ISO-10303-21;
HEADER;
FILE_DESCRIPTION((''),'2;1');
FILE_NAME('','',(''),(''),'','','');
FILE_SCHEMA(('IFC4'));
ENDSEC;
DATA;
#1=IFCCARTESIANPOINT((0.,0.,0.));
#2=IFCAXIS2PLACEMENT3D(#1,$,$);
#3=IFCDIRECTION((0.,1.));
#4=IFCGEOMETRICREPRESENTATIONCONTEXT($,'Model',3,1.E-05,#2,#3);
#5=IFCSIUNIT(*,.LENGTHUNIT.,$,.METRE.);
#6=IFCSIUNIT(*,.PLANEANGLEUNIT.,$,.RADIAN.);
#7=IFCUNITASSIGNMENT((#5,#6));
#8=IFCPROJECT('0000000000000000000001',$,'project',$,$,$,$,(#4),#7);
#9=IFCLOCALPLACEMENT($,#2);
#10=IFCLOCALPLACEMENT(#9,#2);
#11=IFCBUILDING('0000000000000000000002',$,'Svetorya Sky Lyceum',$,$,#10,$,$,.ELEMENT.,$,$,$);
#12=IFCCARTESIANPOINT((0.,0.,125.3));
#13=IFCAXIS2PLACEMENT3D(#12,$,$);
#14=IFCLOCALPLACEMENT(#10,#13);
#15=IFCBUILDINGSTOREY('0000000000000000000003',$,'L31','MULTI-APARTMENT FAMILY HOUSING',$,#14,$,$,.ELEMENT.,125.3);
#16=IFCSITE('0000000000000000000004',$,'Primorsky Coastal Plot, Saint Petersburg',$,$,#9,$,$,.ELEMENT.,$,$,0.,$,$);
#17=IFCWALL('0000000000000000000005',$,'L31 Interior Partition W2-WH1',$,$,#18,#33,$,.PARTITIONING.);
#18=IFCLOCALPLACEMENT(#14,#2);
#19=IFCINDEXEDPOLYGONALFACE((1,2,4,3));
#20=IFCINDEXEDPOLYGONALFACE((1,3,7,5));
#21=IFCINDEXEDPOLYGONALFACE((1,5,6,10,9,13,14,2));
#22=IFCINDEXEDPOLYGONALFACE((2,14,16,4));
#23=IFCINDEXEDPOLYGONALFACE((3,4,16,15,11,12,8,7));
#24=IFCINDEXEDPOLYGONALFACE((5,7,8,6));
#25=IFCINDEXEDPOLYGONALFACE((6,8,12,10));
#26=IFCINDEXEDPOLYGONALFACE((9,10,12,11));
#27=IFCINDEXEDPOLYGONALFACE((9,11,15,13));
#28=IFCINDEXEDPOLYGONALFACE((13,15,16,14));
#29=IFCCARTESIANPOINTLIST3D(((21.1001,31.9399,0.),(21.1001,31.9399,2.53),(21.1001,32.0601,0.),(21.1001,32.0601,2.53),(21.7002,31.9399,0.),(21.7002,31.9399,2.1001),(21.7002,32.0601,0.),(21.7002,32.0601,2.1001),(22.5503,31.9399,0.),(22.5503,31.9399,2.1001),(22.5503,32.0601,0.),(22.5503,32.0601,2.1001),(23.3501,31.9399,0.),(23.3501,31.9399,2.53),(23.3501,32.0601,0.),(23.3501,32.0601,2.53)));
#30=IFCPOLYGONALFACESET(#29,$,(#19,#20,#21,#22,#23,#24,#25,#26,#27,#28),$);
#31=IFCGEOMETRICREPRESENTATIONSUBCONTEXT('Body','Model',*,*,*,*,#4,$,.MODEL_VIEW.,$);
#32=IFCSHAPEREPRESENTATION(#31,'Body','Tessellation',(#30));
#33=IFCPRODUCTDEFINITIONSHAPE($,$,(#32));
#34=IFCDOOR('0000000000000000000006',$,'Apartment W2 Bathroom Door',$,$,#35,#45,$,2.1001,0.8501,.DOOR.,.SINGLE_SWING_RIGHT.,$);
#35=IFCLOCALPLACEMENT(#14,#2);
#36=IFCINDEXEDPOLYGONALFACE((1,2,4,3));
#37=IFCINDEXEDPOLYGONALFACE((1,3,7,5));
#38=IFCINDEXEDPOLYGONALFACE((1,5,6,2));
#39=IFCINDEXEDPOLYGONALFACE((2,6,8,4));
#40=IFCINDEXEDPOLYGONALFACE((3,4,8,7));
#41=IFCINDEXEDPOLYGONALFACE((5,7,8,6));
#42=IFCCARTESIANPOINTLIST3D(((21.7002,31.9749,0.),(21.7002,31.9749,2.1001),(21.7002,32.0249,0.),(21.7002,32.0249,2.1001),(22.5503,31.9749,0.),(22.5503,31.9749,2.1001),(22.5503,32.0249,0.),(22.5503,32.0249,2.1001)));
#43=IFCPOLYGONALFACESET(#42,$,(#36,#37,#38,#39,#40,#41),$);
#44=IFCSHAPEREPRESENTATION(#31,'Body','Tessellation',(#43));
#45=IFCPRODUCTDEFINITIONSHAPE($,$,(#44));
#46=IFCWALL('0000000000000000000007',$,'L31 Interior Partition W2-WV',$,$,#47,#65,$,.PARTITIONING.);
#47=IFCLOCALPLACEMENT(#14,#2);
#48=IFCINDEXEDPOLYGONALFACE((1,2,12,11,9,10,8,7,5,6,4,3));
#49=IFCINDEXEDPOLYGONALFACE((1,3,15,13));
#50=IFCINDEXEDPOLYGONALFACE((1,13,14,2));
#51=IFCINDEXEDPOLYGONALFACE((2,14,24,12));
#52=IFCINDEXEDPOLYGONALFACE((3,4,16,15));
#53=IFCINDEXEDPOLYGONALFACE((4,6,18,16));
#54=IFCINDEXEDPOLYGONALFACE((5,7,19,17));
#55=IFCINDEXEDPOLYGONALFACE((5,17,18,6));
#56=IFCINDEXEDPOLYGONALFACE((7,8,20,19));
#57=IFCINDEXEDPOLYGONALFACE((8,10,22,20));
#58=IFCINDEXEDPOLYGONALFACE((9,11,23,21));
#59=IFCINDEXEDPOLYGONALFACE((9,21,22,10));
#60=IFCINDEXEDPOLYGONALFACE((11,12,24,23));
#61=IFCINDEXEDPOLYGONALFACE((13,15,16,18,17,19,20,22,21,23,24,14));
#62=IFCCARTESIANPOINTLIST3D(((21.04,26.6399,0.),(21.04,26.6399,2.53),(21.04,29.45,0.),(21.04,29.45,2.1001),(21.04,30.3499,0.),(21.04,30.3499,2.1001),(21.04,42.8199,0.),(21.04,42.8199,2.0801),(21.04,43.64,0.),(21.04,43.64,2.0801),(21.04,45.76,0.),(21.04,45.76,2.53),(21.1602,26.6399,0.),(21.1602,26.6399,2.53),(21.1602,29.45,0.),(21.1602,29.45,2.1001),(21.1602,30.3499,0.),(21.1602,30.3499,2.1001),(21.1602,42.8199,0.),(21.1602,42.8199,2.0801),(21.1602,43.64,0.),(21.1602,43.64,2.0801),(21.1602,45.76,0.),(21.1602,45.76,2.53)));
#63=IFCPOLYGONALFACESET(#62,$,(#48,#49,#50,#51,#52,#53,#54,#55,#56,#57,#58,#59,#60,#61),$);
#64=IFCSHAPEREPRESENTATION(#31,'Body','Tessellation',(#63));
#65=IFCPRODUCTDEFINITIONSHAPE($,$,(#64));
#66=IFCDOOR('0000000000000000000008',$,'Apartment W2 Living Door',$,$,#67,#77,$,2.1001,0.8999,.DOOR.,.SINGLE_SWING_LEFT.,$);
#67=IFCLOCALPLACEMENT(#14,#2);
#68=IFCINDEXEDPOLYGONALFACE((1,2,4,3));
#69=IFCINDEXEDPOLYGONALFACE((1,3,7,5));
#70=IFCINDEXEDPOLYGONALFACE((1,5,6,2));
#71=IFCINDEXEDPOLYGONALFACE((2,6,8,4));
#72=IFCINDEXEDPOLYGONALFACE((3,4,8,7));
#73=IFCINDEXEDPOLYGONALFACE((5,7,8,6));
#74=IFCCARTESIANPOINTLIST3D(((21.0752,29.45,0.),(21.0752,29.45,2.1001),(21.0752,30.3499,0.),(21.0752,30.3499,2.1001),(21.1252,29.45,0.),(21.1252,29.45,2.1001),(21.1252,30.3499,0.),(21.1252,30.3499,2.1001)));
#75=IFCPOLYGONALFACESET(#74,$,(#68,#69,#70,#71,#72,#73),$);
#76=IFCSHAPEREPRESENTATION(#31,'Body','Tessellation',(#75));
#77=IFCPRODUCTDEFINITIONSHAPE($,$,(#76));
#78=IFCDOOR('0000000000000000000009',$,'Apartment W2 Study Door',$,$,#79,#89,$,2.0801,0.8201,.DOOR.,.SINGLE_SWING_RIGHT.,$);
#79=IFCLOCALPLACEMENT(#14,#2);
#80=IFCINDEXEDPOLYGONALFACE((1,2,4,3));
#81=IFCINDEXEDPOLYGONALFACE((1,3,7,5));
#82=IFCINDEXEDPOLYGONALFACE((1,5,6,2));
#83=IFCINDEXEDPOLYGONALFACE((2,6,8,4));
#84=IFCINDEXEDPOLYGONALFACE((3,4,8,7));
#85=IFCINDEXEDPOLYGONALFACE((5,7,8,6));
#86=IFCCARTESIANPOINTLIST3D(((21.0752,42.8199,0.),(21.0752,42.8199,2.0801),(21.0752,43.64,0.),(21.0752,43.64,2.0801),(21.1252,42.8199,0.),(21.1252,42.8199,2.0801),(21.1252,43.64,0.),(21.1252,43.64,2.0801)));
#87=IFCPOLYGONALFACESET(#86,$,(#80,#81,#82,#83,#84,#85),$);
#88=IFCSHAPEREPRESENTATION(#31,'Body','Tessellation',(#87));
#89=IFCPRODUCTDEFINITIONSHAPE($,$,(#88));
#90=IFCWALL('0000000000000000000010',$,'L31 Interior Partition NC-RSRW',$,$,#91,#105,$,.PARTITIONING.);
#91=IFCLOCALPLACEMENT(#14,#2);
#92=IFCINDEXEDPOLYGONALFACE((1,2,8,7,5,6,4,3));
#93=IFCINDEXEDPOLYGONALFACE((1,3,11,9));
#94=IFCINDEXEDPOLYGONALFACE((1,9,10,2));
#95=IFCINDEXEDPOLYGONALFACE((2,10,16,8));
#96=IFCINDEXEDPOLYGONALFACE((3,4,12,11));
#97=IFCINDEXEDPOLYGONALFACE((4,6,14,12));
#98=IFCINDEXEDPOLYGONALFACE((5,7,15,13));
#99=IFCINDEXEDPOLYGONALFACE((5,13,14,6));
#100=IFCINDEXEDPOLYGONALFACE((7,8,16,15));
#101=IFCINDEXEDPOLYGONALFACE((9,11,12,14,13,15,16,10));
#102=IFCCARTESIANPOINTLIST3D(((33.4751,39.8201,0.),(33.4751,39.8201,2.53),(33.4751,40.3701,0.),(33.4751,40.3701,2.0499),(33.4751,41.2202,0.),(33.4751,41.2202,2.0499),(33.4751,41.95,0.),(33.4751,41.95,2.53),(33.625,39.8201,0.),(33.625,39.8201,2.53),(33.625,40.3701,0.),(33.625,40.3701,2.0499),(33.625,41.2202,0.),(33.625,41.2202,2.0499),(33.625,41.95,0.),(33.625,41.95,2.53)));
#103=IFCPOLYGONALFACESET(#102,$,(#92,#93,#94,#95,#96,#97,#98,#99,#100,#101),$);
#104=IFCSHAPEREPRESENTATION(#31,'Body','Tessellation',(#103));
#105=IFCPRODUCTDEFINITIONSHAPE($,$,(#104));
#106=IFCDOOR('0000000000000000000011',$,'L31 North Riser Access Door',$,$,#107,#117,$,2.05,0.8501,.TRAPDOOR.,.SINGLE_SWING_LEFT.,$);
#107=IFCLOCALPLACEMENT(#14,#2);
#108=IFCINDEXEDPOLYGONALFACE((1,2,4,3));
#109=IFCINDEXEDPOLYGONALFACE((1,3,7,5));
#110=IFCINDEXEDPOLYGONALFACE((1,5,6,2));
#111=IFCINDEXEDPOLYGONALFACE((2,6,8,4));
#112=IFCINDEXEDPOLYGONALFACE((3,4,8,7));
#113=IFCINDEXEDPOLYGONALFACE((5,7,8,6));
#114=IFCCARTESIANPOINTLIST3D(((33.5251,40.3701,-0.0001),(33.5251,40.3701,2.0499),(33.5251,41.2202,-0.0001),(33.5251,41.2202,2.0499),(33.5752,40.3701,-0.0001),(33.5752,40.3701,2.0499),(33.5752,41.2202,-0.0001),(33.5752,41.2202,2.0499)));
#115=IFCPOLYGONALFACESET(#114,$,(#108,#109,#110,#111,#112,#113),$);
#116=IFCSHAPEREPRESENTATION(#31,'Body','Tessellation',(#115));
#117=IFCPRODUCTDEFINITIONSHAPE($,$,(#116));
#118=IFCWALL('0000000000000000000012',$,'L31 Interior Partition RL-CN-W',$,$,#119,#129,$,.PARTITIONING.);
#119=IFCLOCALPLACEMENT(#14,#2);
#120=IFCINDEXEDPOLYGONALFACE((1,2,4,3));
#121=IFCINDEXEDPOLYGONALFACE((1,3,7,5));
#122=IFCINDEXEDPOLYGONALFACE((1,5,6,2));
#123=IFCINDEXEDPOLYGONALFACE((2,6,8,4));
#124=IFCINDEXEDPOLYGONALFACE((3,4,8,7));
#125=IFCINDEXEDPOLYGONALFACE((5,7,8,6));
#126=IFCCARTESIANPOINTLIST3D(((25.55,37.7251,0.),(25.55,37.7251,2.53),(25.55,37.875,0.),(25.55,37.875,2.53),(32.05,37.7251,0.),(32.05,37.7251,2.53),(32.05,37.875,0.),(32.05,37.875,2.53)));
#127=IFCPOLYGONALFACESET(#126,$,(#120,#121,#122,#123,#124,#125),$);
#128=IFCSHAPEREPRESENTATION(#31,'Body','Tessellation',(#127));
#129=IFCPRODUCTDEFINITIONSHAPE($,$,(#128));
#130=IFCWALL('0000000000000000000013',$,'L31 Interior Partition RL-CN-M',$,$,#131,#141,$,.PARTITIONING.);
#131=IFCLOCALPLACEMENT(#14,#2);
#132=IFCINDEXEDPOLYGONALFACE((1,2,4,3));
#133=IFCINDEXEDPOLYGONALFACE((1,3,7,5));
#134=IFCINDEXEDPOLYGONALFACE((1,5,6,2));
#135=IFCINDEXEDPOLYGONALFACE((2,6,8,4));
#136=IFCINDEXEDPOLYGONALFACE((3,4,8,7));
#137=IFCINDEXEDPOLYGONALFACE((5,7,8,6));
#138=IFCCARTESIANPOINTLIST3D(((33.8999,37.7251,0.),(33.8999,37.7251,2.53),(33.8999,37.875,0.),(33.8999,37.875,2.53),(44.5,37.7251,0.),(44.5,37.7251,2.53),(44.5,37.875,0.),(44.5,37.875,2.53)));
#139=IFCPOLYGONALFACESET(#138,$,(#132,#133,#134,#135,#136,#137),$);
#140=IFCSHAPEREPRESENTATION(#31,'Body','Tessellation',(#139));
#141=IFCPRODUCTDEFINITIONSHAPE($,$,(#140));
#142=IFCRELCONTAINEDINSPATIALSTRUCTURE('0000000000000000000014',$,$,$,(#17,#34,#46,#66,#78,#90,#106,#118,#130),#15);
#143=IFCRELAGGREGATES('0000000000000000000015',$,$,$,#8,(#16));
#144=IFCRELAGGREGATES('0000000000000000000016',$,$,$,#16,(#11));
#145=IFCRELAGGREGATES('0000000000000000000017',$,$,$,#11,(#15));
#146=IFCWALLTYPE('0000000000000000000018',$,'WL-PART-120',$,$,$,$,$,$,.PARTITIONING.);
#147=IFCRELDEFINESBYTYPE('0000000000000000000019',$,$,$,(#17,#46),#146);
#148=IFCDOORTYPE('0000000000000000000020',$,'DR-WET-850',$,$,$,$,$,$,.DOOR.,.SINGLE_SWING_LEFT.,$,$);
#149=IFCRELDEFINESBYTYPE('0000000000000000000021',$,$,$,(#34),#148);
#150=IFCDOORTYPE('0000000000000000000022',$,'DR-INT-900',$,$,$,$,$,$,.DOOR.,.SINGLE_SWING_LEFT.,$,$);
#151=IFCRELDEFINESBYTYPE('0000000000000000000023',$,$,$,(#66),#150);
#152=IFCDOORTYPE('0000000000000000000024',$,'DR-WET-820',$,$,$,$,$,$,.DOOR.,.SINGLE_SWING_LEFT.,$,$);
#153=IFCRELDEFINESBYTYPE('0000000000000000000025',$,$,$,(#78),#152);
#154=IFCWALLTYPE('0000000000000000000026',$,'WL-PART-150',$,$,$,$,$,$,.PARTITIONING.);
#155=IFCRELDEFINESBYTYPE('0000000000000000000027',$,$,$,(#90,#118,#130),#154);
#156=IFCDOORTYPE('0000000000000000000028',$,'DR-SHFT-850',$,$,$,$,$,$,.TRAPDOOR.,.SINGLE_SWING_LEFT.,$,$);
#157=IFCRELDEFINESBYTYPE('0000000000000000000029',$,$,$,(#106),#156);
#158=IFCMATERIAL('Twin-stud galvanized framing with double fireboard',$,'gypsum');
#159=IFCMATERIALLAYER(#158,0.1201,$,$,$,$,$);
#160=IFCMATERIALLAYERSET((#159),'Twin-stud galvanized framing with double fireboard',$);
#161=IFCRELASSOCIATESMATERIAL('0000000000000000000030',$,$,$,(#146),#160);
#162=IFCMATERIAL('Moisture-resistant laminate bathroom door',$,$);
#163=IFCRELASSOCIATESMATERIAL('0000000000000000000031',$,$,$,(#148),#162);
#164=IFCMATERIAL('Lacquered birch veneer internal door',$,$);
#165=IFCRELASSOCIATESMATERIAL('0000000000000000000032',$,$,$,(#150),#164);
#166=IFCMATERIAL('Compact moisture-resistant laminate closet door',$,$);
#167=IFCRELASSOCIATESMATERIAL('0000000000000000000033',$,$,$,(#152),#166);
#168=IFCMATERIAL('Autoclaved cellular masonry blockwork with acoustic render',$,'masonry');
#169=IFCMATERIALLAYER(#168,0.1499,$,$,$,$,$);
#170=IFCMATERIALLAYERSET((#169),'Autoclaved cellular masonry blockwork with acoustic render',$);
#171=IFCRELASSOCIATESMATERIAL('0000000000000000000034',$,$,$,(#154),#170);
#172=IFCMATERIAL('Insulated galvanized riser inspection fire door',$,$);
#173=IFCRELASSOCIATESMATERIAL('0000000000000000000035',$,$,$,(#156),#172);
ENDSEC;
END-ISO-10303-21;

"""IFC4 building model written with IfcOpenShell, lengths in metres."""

from ifc_helpers import new_model, si_unit, direction, frame, frame_2d, origin, place, context, subcontext, project, spatial, rectangle, extrude, material, layer, layer_set, type_object, element, fill, save


model = new_model("IFC4")

# Units and contexts
model_context = context("Model", 3, precision=1e-05, world=origin(), true_north=direction((0.0, 1.0)))
body_context = subcontext(model_context, "Body", "Model", "MODEL_VIEW")
ifc_project = project(units=[si_unit("LENGTHUNIT", "METRE"), si_unit("PLANEANGLEUNIT", "RADIAN")], contexts=[model_context])

# Site, building, storey
site_placement = place(None, origin())
site = spatial("IfcSite", under=ifc_project, at=site_placement, Name="Primorsky Coastal Plot, Saint Petersburg", CompositionType="ELEMENT", RefElevation=0.0)
building_placement = place(site_placement, origin())
building = spatial("IfcBuilding", under=site, at=building_placement, Name="Svetorya Sky Lyceum", CompositionType="ELEMENT")
storey_placement = place(building_placement, frame((0.0, 0.0, 125.3)))
storey = spatial("IfcBuildingStorey", under=building, at=storey_placement, Name="L31", Description="MULTI-APARTMENT FAMILY HOUSING", CompositionType="ELEMENT", Elevation=125.3)

# Wall, opening, door
ifc_material_1 = material(Name="Twin-stud galvanized framing with double fireboard", Category="gypsum")
ifc_layer_1 = layer(ifc_material_1, 0.1201)
ifc_layer_set_1 = layer_set([ifc_layer_1], Name="Twin-stud galvanized framing with double fireboard")
wall_type_1 = type_object("IfcWallType", Name="WL-PART-120", PredefinedType="PARTITIONING", material=ifc_layer_set_1)
wall_1_placement = place(storey_placement, frame((21.1001, 32.0, 0.0), z_axis=(0.0, 0.0, 1.0), x_axis=(1.0, 0.0, 0.0)))
wall_1 = element("IfcWall", 1, at=wall_1_placement, inside=storey, type_object=wall_type_1, Name="L31 Interior Partition W2-WH1", PredefinedType="PARTITIONING", context=body_context, shape_type="SweptSolid", body=[
    extrude(rectangle(XDim=2.25, YDim=0.1201, at=frame_2d((1.125, 0.0))), origin(), (0.0, 0.0, 1.0), 2.53),
])
opening_1_placement = place(wall_1_placement, frame((0.6001, 0.0, 0.0)))
opening_1 = element("IfcOpeningElement", 2, at=opening_1_placement, cuts=wall_1, PredefinedType="OPENING", context=body_context, shape_type="SweptSolid", body=[
    extrude(rectangle(XDim=0.8501, YDim=2.1001, at=frame_2d((0.425, 1.05))), frame((0.0, 0.0701, 0.0), z_axis=(0.0, -1.0, 0.0), x_axis=(1.0, 0.0, 0.0)), (0.0, 0.0, 1.0), 0.1401),
])
ifc_material_2 = material(Name="Moisture-resistant laminate bathroom door")
door_type_1 = type_object("IfcDoorType", Name="DR-WET-850", OperationType="SINGLE_SWING_LEFT", PredefinedType="DOOR", material=ifc_material_2)
door_1_placement = place(opening_1_placement, origin())
door_1 = element("IfcDoor", 3, at=door_1_placement, inside=storey, type_object=door_type_1, Name="Apartment W2 Bathroom Door", OperationType="SINGLE_SWING_RIGHT", OverallHeight=2.1001, OverallWidth=0.8501, PredefinedType="DOOR", context=body_context, shape_type="SweptSolid", body=[
    extrude(rectangle(XDim=0.8501, YDim=2.1001, at=frame_2d((0.425, 1.05))), frame((0.0, 0.0249, 0.0), z_axis=(0.0, -1.0, 0.0), x_axis=(1.0, 0.0, 0.0)), (0.0, 0.0, 1.0), 0.05),
])
fill(opening_1, door_1)

# Wall, openings, doors
wall_2_placement = place(storey_placement, frame((21.1001, 26.6399, 0.0), z_axis=(0.0, 0.0, 1.0), x_axis=(0.0, 1.0, 0.0)))
wall_2 = element("IfcWall", 4, at=wall_2_placement, inside=storey, type_object=wall_type_1, Name="L31 Interior Partition W2-WV", PredefinedType="PARTITIONING", context=body_context, shape_type="SweptSolid", body=[
    extrude(rectangle(XDim=19.1201, YDim=0.1201, at=frame_2d((9.5601, 0.0))), origin(), (0.0, 0.0, 1.0), 2.53),
])
opening_2_placement = place(wall_2_placement, frame((2.8101, 0.0, 0.0)))
opening_2 = element("IfcOpeningElement", 5, at=opening_2_placement, cuts=wall_2, PredefinedType="OPENING", context=body_context, shape_type="SweptSolid", body=[
    extrude(rectangle(XDim=0.8999, YDim=2.1001, at=frame_2d((0.45, 1.05))), frame((0.0, 0.0701, 0.0), z_axis=(0.0, -1.0, 0.0), x_axis=(1.0, 0.0, 0.0)), (0.0, 0.0, 1.0), 0.1401),
])
opening_3_placement = place(wall_2_placement, frame((16.1799, 0.0, 0.0)))
opening_3 = element("IfcOpeningElement", 6, at=opening_3_placement, cuts=wall_2, PredefinedType="OPENING", context=body_context, shape_type="SweptSolid", body=[
    extrude(rectangle(XDim=0.8201, YDim=2.0801, at=frame_2d((0.4102, 1.04))), frame((0.0, 0.0701, 0.0), z_axis=(0.0, -1.0, 0.0), x_axis=(1.0, 0.0, 0.0)), (0.0, 0.0, 1.0), 0.1401),
])
ifc_material_3 = material(Name="Lacquered birch veneer internal door")
door_type_2 = type_object("IfcDoorType", Name="DR-INT-900", OperationType="SINGLE_SWING_LEFT", PredefinedType="DOOR", material=ifc_material_3)
door_2_placement = place(opening_2_placement, origin())
door_2 = element("IfcDoor", 7, at=door_2_placement, inside=storey, type_object=door_type_2, Name="Apartment W2 Living Door", OperationType="SINGLE_SWING_LEFT", OverallHeight=2.1001, OverallWidth=0.8999, PredefinedType="DOOR", context=body_context, shape_type="SweptSolid", body=[
    extrude(rectangle(XDim=0.8999, YDim=2.1001, at=frame_2d((0.45, 1.05))), frame((0.0, 0.0249, 0.0), z_axis=(0.0, -1.0, 0.0), x_axis=(1.0, 0.0, 0.0)), (0.0, 0.0, 1.0), 0.05),
])
fill(opening_2, door_2)
ifc_material_4 = material(Name="Compact moisture-resistant laminate closet door")
door_type_3 = type_object("IfcDoorType", Name="DR-WET-820", OperationType="SINGLE_SWING_LEFT", PredefinedType="DOOR", material=ifc_material_4)
door_3_placement = place(opening_3_placement, origin())
door_3 = element("IfcDoor", 8, at=door_3_placement, inside=storey, type_object=door_type_3, Name="Apartment W2 Study Door", OperationType="SINGLE_SWING_RIGHT", OverallHeight=2.0801, OverallWidth=0.8201, PredefinedType="DOOR", context=body_context, shape_type="SweptSolid", body=[
    extrude(rectangle(XDim=0.8201, YDim=2.0801, at=frame_2d((0.4102, 1.04))), frame((0.0, 0.0249, 0.0), z_axis=(0.0, -1.0, 0.0), x_axis=(1.0, 0.0, 0.0)), (0.0, 0.0, 1.0), 0.05),
])
fill(opening_3, door_3)

# Wall, opening, door
ifc_material_5 = material(Name="Autoclaved cellular masonry blockwork with acoustic render", Category="masonry")
ifc_layer_2 = layer(ifc_material_5, 0.1499)
ifc_layer_set_2 = layer_set([ifc_layer_2], Name="Autoclaved cellular masonry blockwork with acoustic render")
wall_type_2 = type_object("IfcWallType", Name="WL-PART-150", PredefinedType="PARTITIONING", material=ifc_layer_set_2)
wall_3_placement = place(storey_placement, frame((33.55, 39.8201, 0.0), z_axis=(0.0, 0.0, 1.0), x_axis=(0.0, 1.0, 0.0)))
wall_3 = element("IfcWall", 9, at=wall_3_placement, inside=storey, type_object=wall_type_2, Name="L31 Interior Partition NC-RSRW", PredefinedType="PARTITIONING", context=body_context, shape_type="SweptSolid", body=[
    extrude(rectangle(XDim=2.1299, YDim=0.1499, at=frame_2d((1.0649, 0.0))), origin(), (0.0, 0.0, 1.0), 2.53),
])
opening_4_placement = place(wall_3_placement, frame((0.55, 0.0, 0.0)))
opening_4 = element("IfcOpeningElement", 10, at=opening_4_placement, cuts=wall_3, PredefinedType="OPENING", context=body_context, shape_type="SweptSolid", body=[
    extrude(rectangle(XDim=0.8501, YDim=2.05, at=frame_2d((0.425, 1.0249))), frame((0.0, 0.085, 0.0), z_axis=(0.0, -1.0, 0.0), x_axis=(1.0, 0.0, 0.0)), (0.0, 0.0, 1.0), 0.1699),
])
ifc_material_6 = material(Name="Insulated galvanized riser inspection fire door")
door_type_4 = type_object("IfcDoorType", Name="DR-SHFT-850", OperationType="SINGLE_SWING_LEFT", PredefinedType="TRAPDOOR", material=ifc_material_6)
door_4_placement = place(opening_4_placement, origin())
door_4 = element("IfcDoor", 11, at=door_4_placement, inside=storey, type_object=door_type_4, Name="L31 North Riser Access Door", OperationType="SINGLE_SWING_LEFT", OverallHeight=2.05, OverallWidth=0.8501, PredefinedType="TRAPDOOR", context=body_context, shape_type="SweptSolid", body=[
    extrude(rectangle(XDim=0.8501, YDim=2.05, at=frame_2d((0.425, 1.0249))), frame((0.0, 0.0249, 0.0), z_axis=(0.0, -1.0, 0.0), x_axis=(1.0, 0.0, 0.0)), (0.0, 0.0, 1.0), 0.05),
])
fill(opening_4, door_4)

# Walls
wall_4_placement = place(storey_placement, frame((25.55, 37.8, 0.0), z_axis=(0.0, 0.0, 1.0), x_axis=(1.0, 0.0, 0.0)))
element("IfcWall", 12, at=wall_4_placement, inside=storey, type_object=wall_type_2, Name="L31 Interior Partition RL-CN-W", PredefinedType="PARTITIONING", context=body_context, shape_type="SweptSolid", body=[
    extrude(rectangle(XDim=6.5, YDim=0.1499, at=frame_2d((3.25, 0.0))), origin(), (0.0, 0.0, 1.0), 2.53),
])
wall_5_placement = place(storey_placement, frame((33.8999, 37.8, 0.0), z_axis=(0.0, 0.0, 1.0), x_axis=(1.0, 0.0, 0.0)))
element("IfcWall", 13, at=wall_5_placement, inside=storey, type_object=wall_type_2, Name="L31 Interior Partition RL-CN-M", PredefinedType="PARTITIONING", context=body_context, shape_type="SweptSolid", body=[
    extrude(rectangle(XDim=10.6001, YDim=0.1499, at=frame_2d((5.3, 0.0))), origin(), (0.0, 0.0, 1.0), 2.53),
])

save(model, "model.ifc")
